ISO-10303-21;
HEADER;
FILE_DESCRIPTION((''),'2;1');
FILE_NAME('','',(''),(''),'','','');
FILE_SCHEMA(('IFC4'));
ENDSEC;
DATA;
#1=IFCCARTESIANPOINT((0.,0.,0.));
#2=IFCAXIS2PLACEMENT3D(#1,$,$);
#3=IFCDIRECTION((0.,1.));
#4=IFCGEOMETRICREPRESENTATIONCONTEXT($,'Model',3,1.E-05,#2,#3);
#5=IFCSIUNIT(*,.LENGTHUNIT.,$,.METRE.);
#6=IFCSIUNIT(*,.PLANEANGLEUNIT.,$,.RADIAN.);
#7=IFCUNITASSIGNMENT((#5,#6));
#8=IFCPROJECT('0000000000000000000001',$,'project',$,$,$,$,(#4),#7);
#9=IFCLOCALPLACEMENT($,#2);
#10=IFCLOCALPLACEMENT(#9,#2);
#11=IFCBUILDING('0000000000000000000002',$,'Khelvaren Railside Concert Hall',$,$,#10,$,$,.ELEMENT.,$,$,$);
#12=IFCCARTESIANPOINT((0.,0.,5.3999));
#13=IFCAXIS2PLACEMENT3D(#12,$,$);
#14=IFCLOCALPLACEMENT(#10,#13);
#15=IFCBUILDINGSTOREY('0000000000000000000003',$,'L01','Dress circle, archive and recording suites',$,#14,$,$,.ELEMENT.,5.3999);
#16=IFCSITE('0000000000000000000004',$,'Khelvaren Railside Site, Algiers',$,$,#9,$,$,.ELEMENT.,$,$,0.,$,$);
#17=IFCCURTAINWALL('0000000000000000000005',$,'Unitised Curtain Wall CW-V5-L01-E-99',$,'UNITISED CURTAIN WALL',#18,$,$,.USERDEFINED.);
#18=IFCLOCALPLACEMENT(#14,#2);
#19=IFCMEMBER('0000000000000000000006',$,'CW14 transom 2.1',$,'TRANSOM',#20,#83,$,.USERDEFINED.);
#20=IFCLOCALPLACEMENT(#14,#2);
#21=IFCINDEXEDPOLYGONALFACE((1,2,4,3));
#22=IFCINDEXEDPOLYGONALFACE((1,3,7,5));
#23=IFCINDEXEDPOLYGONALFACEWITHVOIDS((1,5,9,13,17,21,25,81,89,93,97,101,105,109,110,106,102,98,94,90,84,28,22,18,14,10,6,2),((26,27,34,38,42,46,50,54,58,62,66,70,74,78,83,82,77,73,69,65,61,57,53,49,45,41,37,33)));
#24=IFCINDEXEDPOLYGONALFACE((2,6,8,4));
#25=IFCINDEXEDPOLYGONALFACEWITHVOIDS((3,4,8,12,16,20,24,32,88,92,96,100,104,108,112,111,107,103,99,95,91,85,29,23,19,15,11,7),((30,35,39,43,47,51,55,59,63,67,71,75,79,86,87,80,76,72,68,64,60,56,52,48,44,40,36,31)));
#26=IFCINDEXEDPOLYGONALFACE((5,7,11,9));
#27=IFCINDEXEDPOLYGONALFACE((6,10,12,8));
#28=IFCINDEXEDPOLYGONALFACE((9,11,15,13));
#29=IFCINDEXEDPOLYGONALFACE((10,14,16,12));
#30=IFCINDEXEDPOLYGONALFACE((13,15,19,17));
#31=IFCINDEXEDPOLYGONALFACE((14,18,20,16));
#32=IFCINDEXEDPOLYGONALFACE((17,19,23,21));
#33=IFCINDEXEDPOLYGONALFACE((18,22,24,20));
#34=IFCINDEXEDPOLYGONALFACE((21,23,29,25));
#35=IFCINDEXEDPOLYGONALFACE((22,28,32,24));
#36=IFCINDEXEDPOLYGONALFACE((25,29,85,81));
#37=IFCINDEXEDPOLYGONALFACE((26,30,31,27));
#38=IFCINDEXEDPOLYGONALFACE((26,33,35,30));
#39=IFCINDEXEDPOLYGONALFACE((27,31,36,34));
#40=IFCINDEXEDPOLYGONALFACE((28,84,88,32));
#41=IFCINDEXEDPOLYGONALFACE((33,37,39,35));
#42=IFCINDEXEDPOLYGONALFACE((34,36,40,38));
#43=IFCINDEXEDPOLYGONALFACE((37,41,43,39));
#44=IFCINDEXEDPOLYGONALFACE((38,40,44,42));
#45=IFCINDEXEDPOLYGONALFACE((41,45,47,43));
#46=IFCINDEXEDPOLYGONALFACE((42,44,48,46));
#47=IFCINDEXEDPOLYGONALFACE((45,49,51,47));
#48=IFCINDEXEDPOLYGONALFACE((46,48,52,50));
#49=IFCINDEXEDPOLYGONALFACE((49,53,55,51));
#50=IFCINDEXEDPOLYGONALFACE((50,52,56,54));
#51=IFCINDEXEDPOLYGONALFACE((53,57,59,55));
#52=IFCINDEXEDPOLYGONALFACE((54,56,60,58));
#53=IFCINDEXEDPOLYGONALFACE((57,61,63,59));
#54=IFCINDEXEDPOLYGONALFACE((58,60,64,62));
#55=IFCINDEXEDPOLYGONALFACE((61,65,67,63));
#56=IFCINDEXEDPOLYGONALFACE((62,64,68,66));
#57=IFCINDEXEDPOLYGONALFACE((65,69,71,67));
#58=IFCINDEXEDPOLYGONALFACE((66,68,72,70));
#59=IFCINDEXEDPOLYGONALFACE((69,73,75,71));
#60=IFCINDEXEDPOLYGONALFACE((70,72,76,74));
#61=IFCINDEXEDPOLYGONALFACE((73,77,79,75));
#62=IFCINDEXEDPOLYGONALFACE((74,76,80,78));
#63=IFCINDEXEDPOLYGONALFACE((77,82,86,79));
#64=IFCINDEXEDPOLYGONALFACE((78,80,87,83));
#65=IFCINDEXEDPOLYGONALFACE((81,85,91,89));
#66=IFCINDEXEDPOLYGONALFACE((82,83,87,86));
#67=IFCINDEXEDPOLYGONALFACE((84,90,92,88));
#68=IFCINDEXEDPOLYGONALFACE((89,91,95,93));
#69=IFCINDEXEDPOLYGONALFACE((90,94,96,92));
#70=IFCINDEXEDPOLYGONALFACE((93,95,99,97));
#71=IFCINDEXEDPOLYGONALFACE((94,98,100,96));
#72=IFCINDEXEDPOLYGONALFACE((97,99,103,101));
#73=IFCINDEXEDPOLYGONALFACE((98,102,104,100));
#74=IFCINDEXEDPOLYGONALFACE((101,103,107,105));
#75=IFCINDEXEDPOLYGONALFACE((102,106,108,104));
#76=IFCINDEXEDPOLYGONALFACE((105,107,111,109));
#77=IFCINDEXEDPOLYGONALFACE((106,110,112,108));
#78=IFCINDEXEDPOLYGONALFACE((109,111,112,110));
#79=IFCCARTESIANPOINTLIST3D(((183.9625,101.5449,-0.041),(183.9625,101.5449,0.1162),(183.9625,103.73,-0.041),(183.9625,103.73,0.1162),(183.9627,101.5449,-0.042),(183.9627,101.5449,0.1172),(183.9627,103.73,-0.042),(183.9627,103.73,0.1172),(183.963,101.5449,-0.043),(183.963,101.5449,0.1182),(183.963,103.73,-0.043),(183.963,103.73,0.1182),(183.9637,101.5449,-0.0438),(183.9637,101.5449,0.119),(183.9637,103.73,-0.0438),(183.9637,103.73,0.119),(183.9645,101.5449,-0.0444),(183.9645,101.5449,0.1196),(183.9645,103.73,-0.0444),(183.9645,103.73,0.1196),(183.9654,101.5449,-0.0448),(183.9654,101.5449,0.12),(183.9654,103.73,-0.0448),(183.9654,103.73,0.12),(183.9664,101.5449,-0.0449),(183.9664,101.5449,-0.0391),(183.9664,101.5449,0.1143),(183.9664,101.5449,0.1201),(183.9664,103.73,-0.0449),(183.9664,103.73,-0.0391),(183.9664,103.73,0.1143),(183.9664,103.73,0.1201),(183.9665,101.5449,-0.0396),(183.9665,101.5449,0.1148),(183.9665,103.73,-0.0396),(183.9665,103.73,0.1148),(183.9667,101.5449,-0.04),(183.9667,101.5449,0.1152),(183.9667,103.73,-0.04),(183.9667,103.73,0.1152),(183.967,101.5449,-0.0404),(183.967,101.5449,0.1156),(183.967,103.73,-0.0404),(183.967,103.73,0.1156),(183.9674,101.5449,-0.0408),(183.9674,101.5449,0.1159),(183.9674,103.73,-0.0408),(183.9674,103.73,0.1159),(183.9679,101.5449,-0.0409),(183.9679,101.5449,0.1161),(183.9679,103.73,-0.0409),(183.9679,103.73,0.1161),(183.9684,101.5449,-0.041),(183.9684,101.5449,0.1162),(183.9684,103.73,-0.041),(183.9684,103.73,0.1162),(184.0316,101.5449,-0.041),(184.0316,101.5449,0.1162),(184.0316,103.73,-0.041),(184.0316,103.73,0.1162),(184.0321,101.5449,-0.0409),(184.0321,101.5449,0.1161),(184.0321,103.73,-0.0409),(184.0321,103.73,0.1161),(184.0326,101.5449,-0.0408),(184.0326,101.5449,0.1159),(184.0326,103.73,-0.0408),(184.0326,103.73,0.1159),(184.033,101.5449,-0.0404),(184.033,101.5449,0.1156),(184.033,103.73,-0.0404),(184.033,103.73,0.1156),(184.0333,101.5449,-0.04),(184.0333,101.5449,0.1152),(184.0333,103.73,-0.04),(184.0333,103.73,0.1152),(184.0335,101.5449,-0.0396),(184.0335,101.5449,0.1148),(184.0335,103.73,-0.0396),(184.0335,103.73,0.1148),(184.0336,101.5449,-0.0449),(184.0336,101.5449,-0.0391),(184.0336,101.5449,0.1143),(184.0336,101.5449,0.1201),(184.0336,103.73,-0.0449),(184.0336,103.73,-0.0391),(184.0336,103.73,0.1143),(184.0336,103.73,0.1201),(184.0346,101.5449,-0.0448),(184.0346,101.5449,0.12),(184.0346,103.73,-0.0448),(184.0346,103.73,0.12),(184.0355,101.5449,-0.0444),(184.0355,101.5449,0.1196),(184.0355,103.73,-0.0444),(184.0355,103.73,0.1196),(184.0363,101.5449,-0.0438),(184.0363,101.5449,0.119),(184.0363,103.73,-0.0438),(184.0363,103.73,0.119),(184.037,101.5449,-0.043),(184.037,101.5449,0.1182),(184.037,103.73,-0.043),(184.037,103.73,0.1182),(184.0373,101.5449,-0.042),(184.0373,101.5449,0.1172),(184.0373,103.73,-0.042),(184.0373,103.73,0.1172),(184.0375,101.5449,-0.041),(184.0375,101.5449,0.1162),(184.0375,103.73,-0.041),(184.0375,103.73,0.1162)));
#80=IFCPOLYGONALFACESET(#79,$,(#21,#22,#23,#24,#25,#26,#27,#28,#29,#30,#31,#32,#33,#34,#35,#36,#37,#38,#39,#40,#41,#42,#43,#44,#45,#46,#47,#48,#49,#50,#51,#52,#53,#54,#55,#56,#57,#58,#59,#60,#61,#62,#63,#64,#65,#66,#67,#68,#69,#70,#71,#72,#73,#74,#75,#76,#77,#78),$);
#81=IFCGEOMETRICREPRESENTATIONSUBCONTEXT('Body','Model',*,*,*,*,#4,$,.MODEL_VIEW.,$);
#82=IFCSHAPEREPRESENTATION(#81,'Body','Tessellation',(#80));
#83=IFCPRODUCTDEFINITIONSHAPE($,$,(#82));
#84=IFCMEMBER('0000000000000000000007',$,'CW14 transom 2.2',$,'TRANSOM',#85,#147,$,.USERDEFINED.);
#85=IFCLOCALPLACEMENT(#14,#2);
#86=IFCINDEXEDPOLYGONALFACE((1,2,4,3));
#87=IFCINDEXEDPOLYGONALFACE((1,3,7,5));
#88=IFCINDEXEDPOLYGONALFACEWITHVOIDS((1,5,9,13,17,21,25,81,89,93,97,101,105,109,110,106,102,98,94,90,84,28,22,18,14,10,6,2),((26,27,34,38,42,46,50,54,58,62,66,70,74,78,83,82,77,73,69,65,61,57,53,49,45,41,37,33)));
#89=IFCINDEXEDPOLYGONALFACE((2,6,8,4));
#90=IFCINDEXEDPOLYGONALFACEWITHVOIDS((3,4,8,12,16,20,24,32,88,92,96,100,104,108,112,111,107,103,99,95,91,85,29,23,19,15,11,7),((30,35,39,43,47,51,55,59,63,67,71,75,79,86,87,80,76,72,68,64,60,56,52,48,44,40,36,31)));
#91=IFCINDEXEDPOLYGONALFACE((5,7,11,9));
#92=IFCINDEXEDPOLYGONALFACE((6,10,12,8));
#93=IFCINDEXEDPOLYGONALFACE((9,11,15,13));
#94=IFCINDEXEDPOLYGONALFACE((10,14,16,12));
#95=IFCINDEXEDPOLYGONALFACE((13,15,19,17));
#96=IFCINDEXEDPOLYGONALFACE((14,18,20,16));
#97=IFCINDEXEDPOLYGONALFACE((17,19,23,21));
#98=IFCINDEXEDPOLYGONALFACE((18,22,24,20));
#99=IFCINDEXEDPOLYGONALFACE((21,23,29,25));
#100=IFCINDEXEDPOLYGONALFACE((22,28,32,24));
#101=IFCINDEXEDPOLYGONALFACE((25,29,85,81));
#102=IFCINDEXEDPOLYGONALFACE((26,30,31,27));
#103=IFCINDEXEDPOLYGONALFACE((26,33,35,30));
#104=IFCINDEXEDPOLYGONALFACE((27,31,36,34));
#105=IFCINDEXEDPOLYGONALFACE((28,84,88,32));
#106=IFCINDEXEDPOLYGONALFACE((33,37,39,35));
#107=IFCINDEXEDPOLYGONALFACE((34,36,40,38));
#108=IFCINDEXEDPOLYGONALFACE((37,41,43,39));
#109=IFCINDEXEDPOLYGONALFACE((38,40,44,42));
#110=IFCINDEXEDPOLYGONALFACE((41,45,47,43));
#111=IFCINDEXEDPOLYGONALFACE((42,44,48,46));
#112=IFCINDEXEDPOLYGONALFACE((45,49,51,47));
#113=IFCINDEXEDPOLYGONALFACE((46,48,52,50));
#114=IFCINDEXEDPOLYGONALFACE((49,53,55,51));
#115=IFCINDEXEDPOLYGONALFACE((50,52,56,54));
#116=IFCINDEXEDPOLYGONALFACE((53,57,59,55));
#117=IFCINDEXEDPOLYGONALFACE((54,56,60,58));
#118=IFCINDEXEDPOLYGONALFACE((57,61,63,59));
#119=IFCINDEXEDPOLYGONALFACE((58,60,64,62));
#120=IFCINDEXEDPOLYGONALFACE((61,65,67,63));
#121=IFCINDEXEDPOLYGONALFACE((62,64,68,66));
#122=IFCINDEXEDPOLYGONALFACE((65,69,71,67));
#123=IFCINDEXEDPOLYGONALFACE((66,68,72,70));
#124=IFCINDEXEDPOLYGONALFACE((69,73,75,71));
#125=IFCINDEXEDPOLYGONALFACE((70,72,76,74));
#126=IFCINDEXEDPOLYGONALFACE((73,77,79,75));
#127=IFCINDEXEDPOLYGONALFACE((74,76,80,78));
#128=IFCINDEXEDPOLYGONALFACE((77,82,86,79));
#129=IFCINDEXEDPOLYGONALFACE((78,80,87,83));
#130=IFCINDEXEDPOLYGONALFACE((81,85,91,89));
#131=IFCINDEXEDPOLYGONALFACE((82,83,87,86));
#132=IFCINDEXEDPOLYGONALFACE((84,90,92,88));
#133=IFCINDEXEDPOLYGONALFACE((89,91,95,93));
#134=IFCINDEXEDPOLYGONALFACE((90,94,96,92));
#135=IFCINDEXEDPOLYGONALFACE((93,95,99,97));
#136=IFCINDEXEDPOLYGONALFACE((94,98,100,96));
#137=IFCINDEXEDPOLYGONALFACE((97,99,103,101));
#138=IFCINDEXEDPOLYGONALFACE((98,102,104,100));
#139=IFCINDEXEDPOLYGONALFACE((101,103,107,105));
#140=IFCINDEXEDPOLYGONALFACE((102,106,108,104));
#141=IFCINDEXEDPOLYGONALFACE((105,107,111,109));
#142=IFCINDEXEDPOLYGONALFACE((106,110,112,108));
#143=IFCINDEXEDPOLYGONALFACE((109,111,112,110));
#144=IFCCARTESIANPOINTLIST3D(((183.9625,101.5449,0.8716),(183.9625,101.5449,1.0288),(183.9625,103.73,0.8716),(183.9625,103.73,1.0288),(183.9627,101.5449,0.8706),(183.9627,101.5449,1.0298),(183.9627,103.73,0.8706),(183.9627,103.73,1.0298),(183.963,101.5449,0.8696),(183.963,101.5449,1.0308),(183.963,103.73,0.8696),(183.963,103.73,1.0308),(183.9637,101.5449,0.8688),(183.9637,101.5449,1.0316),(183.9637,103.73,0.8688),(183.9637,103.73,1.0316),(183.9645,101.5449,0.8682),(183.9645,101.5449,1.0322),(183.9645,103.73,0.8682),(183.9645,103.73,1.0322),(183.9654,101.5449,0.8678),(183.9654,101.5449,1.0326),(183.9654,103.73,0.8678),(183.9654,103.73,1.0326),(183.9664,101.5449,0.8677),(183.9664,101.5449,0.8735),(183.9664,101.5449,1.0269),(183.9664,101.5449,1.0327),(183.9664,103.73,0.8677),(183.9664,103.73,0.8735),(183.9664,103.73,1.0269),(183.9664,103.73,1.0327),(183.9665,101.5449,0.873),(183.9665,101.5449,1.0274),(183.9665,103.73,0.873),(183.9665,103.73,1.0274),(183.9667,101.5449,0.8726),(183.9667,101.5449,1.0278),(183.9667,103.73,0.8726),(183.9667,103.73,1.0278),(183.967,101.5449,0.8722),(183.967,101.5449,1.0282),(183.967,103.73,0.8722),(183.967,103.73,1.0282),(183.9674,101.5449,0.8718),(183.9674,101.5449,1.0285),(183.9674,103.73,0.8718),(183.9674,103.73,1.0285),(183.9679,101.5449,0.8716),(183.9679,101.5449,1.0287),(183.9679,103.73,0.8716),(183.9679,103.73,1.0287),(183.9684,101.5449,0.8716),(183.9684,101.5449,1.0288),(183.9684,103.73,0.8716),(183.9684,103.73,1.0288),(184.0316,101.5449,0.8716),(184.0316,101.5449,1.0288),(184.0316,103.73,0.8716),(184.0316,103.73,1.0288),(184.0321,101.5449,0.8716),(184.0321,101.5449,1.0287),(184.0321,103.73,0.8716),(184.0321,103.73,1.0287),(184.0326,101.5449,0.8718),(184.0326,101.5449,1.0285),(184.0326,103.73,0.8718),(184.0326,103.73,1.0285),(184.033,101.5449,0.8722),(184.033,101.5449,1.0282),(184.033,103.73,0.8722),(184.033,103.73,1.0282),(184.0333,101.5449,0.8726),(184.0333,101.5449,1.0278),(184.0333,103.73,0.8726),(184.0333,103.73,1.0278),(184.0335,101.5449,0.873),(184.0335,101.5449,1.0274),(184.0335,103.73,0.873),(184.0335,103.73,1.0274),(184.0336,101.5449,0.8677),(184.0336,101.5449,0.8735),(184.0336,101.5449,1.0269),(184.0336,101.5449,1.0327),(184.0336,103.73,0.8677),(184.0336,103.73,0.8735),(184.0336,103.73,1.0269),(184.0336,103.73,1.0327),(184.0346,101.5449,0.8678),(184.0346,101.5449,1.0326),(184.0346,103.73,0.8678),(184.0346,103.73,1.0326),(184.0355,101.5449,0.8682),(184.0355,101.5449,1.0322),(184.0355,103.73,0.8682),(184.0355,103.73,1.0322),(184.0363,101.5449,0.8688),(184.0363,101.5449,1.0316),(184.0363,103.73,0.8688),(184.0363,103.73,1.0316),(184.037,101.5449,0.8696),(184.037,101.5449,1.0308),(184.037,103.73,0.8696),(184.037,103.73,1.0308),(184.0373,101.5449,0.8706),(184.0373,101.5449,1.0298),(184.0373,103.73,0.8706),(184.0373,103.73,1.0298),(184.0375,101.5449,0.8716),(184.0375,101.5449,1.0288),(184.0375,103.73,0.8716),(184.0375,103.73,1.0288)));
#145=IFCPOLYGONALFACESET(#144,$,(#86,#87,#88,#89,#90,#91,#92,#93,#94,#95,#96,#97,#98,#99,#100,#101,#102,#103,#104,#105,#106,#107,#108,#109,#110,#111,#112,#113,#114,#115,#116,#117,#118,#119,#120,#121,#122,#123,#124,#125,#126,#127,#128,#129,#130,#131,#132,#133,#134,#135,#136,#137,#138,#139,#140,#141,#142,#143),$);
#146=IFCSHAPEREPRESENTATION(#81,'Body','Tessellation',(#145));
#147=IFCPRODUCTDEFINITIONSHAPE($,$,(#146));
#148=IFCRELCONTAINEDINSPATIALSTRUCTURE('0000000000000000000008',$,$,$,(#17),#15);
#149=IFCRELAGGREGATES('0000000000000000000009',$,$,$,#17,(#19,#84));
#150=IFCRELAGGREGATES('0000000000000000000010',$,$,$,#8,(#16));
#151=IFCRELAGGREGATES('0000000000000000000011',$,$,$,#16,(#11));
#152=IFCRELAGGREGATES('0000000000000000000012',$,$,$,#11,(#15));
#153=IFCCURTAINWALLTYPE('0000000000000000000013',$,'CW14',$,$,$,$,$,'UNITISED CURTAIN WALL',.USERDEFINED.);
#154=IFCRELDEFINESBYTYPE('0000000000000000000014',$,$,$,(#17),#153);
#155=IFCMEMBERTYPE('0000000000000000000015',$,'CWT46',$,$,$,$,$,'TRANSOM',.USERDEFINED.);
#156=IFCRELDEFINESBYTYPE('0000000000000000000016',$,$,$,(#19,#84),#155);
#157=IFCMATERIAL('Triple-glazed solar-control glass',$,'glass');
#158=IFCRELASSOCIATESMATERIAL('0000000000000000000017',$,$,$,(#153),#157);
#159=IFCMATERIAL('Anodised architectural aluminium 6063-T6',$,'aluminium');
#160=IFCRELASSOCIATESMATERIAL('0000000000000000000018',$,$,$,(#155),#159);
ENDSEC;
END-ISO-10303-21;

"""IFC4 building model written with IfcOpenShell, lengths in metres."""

from ifc_helpers import new_model, si_unit, direction, frame, origin, origin_2d, place, context, subcontext, project, spatial, hollow_rectangle, extrude, material, material_profile, profile_set, type_object, element, aggregate, save


model = new_model("IFC4")

# Units and contexts
model_context = context("Model", 3, precision=1e-05, world=origin(), true_north=direction((0.0, 1.0)))
body_context = subcontext(model_context, "Body", "Model", "MODEL_VIEW")
ifc_project = project(units=[si_unit("LENGTHUNIT", "METRE"), si_unit("PLANEANGLEUNIT", "RADIAN")], contexts=[model_context])

# Site, building, storey
site_placement = place(None, origin())
site = spatial("IfcSite", under=ifc_project, at=site_placement, Name="Khelvaren Railside Site, Algiers", CompositionType="ELEMENT", RefElevation=0.0)
building_placement = place(site_placement, origin())
building = spatial("IfcBuilding", under=site, at=building_placement, Name="Khelvaren Railside Concert Hall", CompositionType="ELEMENT")
storey_placement = place(building_placement, frame((0.0, 0.0, 5.3999)))
storey = spatial("IfcBuildingStorey", under=building, at=storey_placement, Name="L01", Description="Dress circle, archive and recording suites", CompositionType="ELEMENT", Elevation=5.3999)

# Curtain wall, members
ifc_material_1 = material(Name="Triple-glazed solar-control glass", Category="glass")
curtain_wall_type = type_object("IfcCurtainWallType", Name="CW14", ElementType="UNITISED CURTAIN WALL", PredefinedType="USERDEFINED", material=ifc_material_1)
curtain_wall_placement = place(storey_placement, origin())
curtain_wall = element("IfcCurtainWall", 1, at=curtain_wall_placement, inside=storey, type_object=curtain_wall_type, Name="Unitised Curtain Wall CW-V5-L01-E-99", ObjectType="UNITISED CURTAIN WALL", PredefinedType="USERDEFINED")
ifc_material_2 = material(Name="Anodised architectural aluminium 6063-T6", Category="aluminium")
ifc_material_profile_1 = material_profile(ifc_material_2, hollow_rectangle(XDim=0.075, YDim=0.165, WallThickness=0.0039, InnerFilletRadius=0.002, OuterFilletRadius=0.0039, at=origin_2d()), Name="CWT 75x165x4")
ifc_profile_set_1 = profile_set([ifc_material_profile_1], Name="Anodised architectural aluminium 6063-T6")
member_type_1 = type_object("IfcMemberType", Name="CWT46", ElementType="TRANSOM", PredefinedType="USERDEFINED", material=ifc_profile_set_1)
member_1_placement = place(storey_placement, frame((184.0, 103.73, 0.0376), z_axis=(0.0, -1.0, 0.0), x_axis=(1.0, 0.0, 0.0)))
member_1 = element("IfcMember", 2, at=member_1_placement, type_object=member_type_1, Name="CW14 transom 2.1", ObjectType="TRANSOM", PredefinedType="USERDEFINED", context=body_context, shape_type="SweptSolid", body=[
    extrude(hollow_rectangle(XDim=0.075, YDim=0.165, WallThickness=0.0039, InnerFilletRadius=0.002, OuterFilletRadius=0.0039, at=origin_2d()), origin(), (0.0, 0.0, 1.0), 2.1851),
])
member_2_placement = place(storey_placement, frame((184.0, 103.73, 0.9502), z_axis=(0.0, -1.0, 0.0), x_axis=(1.0, 0.0, 0.0)))
member_2 = element("IfcMember", 3, at=member_2_placement, type_object=member_type_1, Name="CW14 transom 2.2", ObjectType="TRANSOM", PredefinedType="USERDEFINED", context=body_context, shape_type="SweptSolid", body=[
    extrude(hollow_rectangle(XDim=0.075, YDim=0.165, WallThickness=0.0039, InnerFilletRadius=0.002, OuterFilletRadius=0.0039, at=origin_2d()), origin(), (0.0, 0.0, 1.0), 2.1851),
])

aggregate(curtain_wall, [member_1, member_2])

save(model, "model.ifc")
